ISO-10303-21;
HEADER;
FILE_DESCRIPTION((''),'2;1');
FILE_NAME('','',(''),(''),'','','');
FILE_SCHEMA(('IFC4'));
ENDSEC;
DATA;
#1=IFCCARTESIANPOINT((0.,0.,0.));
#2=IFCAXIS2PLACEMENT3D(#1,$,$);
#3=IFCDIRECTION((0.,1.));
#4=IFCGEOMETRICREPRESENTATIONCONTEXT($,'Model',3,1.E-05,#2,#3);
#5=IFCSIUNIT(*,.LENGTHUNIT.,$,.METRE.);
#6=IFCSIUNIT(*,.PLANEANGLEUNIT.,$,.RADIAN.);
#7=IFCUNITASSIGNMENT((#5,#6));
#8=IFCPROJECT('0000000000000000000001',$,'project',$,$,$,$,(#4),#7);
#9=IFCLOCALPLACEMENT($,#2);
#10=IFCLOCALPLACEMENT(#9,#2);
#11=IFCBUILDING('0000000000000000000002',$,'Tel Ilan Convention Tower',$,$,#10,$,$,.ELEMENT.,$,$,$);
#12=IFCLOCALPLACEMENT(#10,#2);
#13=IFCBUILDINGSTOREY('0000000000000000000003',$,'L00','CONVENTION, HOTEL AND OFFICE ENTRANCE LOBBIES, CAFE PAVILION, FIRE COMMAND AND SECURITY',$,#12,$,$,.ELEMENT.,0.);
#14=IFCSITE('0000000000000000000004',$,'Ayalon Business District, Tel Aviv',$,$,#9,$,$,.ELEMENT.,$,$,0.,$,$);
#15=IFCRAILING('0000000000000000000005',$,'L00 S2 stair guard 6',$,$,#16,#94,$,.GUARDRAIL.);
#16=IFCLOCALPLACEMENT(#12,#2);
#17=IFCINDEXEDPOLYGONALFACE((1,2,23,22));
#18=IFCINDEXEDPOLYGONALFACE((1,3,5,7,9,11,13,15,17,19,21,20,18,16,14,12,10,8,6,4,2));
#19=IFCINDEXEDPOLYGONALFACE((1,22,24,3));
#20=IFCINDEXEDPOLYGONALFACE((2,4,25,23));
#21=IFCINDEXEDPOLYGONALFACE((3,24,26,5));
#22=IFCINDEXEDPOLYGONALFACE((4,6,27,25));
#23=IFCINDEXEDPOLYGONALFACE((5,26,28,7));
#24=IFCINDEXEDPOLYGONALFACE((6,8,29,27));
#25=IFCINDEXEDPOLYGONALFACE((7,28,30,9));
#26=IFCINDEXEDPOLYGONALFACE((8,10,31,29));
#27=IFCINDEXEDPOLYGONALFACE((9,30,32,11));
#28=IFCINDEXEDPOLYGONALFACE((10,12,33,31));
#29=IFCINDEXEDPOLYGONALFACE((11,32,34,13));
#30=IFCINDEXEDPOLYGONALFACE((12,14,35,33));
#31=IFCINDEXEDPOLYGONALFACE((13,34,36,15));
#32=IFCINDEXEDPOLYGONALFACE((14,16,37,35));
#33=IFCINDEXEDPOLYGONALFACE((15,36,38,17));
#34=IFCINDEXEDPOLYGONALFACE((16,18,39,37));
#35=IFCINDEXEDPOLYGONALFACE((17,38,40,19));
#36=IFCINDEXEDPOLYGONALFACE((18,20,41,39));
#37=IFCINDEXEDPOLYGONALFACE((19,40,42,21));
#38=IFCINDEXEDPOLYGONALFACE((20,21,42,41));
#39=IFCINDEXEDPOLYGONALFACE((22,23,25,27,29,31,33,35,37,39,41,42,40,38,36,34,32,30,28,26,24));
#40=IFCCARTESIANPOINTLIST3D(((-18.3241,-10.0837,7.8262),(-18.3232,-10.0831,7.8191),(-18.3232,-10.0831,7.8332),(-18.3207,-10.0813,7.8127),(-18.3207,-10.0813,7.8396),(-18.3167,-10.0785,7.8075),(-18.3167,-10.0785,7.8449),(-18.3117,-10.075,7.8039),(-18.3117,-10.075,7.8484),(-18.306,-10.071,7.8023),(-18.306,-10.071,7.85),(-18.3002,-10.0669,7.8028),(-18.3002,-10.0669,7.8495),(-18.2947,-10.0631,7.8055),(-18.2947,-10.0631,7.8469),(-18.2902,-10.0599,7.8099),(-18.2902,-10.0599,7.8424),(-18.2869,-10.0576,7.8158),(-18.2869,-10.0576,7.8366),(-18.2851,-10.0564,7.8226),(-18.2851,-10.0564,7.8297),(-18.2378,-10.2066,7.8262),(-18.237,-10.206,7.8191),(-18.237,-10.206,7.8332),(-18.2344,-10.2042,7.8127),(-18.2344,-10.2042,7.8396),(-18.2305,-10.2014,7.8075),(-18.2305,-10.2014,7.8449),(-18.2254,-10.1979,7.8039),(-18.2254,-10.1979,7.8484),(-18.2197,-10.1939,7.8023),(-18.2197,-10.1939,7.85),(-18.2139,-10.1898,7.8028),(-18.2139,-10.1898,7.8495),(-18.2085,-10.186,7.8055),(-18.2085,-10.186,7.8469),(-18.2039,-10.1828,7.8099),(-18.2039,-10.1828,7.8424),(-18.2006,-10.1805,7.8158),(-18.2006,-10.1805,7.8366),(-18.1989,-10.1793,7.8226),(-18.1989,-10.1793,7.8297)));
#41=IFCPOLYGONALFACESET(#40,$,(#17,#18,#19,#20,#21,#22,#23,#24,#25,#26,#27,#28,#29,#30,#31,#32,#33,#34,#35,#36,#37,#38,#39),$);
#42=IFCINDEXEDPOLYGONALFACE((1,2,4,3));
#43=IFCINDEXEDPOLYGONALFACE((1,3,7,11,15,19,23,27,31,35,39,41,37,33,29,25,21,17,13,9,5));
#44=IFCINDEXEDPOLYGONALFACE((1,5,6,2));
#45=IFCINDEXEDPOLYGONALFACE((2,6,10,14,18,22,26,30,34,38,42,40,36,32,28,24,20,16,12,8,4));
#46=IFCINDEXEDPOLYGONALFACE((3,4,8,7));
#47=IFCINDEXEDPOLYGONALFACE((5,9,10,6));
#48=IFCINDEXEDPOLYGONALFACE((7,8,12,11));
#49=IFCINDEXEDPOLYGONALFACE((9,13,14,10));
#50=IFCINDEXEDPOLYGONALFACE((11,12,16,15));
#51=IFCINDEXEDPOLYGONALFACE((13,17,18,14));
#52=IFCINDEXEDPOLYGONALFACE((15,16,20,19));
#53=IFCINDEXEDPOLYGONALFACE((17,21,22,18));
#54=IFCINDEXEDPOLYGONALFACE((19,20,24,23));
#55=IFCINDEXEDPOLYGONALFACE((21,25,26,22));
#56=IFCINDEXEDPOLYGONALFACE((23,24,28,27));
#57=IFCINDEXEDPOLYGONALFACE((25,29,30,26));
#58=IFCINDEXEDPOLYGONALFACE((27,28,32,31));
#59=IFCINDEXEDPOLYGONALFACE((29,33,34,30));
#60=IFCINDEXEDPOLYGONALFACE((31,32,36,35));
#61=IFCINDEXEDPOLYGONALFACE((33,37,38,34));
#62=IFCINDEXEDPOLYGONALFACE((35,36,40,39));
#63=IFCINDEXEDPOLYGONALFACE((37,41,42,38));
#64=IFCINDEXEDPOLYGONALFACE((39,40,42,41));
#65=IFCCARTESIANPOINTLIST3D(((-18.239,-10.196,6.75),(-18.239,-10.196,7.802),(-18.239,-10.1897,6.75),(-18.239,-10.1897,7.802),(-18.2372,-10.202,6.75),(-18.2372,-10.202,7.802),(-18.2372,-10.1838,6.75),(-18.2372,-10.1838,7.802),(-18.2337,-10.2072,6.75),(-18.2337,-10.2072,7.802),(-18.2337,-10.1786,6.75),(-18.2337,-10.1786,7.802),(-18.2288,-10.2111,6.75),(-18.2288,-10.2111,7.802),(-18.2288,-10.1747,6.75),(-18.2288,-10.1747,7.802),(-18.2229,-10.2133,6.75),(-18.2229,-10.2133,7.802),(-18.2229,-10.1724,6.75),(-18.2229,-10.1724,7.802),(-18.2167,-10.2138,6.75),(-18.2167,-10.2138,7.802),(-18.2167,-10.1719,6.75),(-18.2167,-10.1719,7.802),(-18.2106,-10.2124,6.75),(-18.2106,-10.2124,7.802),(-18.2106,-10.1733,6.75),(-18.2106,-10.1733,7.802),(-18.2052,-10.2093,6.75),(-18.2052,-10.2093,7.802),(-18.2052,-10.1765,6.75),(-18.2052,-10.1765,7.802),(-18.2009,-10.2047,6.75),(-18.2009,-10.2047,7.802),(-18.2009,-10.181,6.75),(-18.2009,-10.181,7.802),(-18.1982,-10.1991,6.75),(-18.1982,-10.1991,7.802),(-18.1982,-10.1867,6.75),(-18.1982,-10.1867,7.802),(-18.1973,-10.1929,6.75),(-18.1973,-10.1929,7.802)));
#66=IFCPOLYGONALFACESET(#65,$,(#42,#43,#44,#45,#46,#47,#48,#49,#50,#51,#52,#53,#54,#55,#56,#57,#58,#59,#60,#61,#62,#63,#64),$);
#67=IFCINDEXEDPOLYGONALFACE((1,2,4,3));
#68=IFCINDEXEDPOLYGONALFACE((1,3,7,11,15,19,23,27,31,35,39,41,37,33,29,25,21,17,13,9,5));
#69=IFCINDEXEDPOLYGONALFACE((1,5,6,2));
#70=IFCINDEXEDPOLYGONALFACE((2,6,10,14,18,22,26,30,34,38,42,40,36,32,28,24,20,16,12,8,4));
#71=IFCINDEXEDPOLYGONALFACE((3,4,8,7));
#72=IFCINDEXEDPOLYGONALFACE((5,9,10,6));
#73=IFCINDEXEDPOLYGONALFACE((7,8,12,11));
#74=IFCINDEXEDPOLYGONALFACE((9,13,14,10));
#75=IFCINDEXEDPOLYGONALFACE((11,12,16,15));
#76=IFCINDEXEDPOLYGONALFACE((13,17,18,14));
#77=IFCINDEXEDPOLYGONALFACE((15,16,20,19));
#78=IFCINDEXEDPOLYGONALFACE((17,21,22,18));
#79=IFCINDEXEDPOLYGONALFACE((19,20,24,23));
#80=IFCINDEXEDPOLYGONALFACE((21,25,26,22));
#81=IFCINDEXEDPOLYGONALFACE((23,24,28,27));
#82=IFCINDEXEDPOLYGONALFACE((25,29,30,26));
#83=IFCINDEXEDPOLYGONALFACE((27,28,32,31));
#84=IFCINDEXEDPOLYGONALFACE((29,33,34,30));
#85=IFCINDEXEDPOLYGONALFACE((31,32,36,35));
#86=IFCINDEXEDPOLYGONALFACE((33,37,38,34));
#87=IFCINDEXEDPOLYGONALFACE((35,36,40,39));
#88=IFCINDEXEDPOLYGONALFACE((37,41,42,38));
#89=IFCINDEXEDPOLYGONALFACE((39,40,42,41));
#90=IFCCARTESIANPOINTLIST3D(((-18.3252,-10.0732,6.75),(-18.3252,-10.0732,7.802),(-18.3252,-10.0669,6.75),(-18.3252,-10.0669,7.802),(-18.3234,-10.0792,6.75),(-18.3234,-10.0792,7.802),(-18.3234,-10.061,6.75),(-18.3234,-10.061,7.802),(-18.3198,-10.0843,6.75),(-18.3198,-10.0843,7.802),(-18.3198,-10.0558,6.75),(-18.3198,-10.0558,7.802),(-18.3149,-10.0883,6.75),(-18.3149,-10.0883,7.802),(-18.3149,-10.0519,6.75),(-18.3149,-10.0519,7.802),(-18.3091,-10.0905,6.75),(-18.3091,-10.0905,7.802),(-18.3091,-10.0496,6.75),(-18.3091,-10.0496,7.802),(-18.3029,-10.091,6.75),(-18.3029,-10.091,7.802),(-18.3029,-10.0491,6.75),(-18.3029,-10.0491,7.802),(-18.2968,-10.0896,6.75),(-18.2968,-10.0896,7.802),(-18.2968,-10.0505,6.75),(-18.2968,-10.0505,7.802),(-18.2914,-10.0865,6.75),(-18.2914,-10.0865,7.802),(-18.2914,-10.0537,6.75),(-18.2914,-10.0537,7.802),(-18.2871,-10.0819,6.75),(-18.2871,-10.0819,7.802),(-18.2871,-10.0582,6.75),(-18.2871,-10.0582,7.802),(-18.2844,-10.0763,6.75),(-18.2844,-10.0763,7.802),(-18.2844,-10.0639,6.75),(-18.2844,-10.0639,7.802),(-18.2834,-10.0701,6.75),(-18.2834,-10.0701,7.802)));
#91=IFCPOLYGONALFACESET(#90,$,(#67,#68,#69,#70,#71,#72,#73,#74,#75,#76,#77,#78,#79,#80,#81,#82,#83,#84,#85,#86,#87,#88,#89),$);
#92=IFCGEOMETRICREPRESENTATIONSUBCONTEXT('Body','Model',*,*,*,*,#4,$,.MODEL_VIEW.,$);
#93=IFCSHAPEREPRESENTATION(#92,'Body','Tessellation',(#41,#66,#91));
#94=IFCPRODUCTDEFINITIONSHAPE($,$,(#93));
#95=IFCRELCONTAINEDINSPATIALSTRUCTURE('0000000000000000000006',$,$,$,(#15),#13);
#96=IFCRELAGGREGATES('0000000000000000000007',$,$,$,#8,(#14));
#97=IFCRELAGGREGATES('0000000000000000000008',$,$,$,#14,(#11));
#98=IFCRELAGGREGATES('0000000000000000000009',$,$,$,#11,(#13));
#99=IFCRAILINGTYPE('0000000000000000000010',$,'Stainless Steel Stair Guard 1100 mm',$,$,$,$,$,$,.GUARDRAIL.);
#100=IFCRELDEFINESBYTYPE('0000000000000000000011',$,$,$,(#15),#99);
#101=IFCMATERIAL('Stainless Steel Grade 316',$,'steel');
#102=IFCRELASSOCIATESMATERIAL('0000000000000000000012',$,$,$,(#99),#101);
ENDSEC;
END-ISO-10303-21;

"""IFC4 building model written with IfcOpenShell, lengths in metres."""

from ifc_helpers import new_model, si_unit, direction, frame, origin, origin_2d, place, context, subcontext, project, spatial, circle, extrude, material, type_object, element, save


model = new_model("IFC4")

# Units and contexts
model_context = context("Model", 3, precision=1e-05, world=origin(), true_north=direction((0.0, 1.0)))
body_context = subcontext(model_context, "Body", "Model", "MODEL_VIEW")
ifc_project = project(units=[si_unit("LENGTHUNIT", "METRE"), si_unit("PLANEANGLEUNIT", "RADIAN")], contexts=[model_context])

# Site, building, storey
site_placement = place(None, origin())
site = spatial("IfcSite", under=ifc_project, at=site_placement, Name="Ayalon Business District, Tel Aviv", CompositionType="ELEMENT", RefElevation=0.0)
building_placement = place(site_placement, origin())
building = spatial("IfcBuilding", under=site, at=building_placement, Name="Tel Ilan Convention Tower", CompositionType="ELEMENT")
storey_placement = place(building_placement, origin())
storey = spatial("IfcBuildingStorey", under=building, at=storey_placement, Name="L00", Description="CONVENTION, HOTEL AND OFFICE ENTRANCE LOBBIES, CAFE PAVILION, FIRE COMMAND AND SECURITY", CompositionType="ELEMENT", Elevation=0.0)

# Railing
ifc_material_1 = material(Name="Stainless Steel Grade 316", Category="steel")
railing_type_1 = type_object("IfcRailingType", Name="Stainless Steel Stair Guard 1100 mm", PredefinedType="GUARDRAIL", material=ifc_material_1)
railing_1_placement = place(storey_placement, frame((-18.2183, -10.1929, 6.75)))
element("IfcRailing", 1, at=railing_1_placement, inside=storey, type_object=railing_type_1, Name="L00 S2 stair guard 6", PredefinedType="GUARDRAIL", context=body_context, shape_type="SweptSolid", body=[
    extrude(circle(Radius=0.0239, at=origin_2d()), frame((0.0, 0.0, 1.0762), z_axis=(-0.574445, 0.818543, 0.0), x_axis=(-0.818543, -0.574445, 0.0)), (0.0, 0.0, 1.0), 0.1501),
    extrude(circle(Radius=0.021, at=origin_2d()), origin(), (0.0, 0.0, 1.0), 1.052),
    extrude(circle(Radius=0.021, at=origin_2d()), frame((-0.0862, 0.1228, 0.0)), (0.0, 0.0, 1.0), 1.052),
])

save(model, "model.ifc")
